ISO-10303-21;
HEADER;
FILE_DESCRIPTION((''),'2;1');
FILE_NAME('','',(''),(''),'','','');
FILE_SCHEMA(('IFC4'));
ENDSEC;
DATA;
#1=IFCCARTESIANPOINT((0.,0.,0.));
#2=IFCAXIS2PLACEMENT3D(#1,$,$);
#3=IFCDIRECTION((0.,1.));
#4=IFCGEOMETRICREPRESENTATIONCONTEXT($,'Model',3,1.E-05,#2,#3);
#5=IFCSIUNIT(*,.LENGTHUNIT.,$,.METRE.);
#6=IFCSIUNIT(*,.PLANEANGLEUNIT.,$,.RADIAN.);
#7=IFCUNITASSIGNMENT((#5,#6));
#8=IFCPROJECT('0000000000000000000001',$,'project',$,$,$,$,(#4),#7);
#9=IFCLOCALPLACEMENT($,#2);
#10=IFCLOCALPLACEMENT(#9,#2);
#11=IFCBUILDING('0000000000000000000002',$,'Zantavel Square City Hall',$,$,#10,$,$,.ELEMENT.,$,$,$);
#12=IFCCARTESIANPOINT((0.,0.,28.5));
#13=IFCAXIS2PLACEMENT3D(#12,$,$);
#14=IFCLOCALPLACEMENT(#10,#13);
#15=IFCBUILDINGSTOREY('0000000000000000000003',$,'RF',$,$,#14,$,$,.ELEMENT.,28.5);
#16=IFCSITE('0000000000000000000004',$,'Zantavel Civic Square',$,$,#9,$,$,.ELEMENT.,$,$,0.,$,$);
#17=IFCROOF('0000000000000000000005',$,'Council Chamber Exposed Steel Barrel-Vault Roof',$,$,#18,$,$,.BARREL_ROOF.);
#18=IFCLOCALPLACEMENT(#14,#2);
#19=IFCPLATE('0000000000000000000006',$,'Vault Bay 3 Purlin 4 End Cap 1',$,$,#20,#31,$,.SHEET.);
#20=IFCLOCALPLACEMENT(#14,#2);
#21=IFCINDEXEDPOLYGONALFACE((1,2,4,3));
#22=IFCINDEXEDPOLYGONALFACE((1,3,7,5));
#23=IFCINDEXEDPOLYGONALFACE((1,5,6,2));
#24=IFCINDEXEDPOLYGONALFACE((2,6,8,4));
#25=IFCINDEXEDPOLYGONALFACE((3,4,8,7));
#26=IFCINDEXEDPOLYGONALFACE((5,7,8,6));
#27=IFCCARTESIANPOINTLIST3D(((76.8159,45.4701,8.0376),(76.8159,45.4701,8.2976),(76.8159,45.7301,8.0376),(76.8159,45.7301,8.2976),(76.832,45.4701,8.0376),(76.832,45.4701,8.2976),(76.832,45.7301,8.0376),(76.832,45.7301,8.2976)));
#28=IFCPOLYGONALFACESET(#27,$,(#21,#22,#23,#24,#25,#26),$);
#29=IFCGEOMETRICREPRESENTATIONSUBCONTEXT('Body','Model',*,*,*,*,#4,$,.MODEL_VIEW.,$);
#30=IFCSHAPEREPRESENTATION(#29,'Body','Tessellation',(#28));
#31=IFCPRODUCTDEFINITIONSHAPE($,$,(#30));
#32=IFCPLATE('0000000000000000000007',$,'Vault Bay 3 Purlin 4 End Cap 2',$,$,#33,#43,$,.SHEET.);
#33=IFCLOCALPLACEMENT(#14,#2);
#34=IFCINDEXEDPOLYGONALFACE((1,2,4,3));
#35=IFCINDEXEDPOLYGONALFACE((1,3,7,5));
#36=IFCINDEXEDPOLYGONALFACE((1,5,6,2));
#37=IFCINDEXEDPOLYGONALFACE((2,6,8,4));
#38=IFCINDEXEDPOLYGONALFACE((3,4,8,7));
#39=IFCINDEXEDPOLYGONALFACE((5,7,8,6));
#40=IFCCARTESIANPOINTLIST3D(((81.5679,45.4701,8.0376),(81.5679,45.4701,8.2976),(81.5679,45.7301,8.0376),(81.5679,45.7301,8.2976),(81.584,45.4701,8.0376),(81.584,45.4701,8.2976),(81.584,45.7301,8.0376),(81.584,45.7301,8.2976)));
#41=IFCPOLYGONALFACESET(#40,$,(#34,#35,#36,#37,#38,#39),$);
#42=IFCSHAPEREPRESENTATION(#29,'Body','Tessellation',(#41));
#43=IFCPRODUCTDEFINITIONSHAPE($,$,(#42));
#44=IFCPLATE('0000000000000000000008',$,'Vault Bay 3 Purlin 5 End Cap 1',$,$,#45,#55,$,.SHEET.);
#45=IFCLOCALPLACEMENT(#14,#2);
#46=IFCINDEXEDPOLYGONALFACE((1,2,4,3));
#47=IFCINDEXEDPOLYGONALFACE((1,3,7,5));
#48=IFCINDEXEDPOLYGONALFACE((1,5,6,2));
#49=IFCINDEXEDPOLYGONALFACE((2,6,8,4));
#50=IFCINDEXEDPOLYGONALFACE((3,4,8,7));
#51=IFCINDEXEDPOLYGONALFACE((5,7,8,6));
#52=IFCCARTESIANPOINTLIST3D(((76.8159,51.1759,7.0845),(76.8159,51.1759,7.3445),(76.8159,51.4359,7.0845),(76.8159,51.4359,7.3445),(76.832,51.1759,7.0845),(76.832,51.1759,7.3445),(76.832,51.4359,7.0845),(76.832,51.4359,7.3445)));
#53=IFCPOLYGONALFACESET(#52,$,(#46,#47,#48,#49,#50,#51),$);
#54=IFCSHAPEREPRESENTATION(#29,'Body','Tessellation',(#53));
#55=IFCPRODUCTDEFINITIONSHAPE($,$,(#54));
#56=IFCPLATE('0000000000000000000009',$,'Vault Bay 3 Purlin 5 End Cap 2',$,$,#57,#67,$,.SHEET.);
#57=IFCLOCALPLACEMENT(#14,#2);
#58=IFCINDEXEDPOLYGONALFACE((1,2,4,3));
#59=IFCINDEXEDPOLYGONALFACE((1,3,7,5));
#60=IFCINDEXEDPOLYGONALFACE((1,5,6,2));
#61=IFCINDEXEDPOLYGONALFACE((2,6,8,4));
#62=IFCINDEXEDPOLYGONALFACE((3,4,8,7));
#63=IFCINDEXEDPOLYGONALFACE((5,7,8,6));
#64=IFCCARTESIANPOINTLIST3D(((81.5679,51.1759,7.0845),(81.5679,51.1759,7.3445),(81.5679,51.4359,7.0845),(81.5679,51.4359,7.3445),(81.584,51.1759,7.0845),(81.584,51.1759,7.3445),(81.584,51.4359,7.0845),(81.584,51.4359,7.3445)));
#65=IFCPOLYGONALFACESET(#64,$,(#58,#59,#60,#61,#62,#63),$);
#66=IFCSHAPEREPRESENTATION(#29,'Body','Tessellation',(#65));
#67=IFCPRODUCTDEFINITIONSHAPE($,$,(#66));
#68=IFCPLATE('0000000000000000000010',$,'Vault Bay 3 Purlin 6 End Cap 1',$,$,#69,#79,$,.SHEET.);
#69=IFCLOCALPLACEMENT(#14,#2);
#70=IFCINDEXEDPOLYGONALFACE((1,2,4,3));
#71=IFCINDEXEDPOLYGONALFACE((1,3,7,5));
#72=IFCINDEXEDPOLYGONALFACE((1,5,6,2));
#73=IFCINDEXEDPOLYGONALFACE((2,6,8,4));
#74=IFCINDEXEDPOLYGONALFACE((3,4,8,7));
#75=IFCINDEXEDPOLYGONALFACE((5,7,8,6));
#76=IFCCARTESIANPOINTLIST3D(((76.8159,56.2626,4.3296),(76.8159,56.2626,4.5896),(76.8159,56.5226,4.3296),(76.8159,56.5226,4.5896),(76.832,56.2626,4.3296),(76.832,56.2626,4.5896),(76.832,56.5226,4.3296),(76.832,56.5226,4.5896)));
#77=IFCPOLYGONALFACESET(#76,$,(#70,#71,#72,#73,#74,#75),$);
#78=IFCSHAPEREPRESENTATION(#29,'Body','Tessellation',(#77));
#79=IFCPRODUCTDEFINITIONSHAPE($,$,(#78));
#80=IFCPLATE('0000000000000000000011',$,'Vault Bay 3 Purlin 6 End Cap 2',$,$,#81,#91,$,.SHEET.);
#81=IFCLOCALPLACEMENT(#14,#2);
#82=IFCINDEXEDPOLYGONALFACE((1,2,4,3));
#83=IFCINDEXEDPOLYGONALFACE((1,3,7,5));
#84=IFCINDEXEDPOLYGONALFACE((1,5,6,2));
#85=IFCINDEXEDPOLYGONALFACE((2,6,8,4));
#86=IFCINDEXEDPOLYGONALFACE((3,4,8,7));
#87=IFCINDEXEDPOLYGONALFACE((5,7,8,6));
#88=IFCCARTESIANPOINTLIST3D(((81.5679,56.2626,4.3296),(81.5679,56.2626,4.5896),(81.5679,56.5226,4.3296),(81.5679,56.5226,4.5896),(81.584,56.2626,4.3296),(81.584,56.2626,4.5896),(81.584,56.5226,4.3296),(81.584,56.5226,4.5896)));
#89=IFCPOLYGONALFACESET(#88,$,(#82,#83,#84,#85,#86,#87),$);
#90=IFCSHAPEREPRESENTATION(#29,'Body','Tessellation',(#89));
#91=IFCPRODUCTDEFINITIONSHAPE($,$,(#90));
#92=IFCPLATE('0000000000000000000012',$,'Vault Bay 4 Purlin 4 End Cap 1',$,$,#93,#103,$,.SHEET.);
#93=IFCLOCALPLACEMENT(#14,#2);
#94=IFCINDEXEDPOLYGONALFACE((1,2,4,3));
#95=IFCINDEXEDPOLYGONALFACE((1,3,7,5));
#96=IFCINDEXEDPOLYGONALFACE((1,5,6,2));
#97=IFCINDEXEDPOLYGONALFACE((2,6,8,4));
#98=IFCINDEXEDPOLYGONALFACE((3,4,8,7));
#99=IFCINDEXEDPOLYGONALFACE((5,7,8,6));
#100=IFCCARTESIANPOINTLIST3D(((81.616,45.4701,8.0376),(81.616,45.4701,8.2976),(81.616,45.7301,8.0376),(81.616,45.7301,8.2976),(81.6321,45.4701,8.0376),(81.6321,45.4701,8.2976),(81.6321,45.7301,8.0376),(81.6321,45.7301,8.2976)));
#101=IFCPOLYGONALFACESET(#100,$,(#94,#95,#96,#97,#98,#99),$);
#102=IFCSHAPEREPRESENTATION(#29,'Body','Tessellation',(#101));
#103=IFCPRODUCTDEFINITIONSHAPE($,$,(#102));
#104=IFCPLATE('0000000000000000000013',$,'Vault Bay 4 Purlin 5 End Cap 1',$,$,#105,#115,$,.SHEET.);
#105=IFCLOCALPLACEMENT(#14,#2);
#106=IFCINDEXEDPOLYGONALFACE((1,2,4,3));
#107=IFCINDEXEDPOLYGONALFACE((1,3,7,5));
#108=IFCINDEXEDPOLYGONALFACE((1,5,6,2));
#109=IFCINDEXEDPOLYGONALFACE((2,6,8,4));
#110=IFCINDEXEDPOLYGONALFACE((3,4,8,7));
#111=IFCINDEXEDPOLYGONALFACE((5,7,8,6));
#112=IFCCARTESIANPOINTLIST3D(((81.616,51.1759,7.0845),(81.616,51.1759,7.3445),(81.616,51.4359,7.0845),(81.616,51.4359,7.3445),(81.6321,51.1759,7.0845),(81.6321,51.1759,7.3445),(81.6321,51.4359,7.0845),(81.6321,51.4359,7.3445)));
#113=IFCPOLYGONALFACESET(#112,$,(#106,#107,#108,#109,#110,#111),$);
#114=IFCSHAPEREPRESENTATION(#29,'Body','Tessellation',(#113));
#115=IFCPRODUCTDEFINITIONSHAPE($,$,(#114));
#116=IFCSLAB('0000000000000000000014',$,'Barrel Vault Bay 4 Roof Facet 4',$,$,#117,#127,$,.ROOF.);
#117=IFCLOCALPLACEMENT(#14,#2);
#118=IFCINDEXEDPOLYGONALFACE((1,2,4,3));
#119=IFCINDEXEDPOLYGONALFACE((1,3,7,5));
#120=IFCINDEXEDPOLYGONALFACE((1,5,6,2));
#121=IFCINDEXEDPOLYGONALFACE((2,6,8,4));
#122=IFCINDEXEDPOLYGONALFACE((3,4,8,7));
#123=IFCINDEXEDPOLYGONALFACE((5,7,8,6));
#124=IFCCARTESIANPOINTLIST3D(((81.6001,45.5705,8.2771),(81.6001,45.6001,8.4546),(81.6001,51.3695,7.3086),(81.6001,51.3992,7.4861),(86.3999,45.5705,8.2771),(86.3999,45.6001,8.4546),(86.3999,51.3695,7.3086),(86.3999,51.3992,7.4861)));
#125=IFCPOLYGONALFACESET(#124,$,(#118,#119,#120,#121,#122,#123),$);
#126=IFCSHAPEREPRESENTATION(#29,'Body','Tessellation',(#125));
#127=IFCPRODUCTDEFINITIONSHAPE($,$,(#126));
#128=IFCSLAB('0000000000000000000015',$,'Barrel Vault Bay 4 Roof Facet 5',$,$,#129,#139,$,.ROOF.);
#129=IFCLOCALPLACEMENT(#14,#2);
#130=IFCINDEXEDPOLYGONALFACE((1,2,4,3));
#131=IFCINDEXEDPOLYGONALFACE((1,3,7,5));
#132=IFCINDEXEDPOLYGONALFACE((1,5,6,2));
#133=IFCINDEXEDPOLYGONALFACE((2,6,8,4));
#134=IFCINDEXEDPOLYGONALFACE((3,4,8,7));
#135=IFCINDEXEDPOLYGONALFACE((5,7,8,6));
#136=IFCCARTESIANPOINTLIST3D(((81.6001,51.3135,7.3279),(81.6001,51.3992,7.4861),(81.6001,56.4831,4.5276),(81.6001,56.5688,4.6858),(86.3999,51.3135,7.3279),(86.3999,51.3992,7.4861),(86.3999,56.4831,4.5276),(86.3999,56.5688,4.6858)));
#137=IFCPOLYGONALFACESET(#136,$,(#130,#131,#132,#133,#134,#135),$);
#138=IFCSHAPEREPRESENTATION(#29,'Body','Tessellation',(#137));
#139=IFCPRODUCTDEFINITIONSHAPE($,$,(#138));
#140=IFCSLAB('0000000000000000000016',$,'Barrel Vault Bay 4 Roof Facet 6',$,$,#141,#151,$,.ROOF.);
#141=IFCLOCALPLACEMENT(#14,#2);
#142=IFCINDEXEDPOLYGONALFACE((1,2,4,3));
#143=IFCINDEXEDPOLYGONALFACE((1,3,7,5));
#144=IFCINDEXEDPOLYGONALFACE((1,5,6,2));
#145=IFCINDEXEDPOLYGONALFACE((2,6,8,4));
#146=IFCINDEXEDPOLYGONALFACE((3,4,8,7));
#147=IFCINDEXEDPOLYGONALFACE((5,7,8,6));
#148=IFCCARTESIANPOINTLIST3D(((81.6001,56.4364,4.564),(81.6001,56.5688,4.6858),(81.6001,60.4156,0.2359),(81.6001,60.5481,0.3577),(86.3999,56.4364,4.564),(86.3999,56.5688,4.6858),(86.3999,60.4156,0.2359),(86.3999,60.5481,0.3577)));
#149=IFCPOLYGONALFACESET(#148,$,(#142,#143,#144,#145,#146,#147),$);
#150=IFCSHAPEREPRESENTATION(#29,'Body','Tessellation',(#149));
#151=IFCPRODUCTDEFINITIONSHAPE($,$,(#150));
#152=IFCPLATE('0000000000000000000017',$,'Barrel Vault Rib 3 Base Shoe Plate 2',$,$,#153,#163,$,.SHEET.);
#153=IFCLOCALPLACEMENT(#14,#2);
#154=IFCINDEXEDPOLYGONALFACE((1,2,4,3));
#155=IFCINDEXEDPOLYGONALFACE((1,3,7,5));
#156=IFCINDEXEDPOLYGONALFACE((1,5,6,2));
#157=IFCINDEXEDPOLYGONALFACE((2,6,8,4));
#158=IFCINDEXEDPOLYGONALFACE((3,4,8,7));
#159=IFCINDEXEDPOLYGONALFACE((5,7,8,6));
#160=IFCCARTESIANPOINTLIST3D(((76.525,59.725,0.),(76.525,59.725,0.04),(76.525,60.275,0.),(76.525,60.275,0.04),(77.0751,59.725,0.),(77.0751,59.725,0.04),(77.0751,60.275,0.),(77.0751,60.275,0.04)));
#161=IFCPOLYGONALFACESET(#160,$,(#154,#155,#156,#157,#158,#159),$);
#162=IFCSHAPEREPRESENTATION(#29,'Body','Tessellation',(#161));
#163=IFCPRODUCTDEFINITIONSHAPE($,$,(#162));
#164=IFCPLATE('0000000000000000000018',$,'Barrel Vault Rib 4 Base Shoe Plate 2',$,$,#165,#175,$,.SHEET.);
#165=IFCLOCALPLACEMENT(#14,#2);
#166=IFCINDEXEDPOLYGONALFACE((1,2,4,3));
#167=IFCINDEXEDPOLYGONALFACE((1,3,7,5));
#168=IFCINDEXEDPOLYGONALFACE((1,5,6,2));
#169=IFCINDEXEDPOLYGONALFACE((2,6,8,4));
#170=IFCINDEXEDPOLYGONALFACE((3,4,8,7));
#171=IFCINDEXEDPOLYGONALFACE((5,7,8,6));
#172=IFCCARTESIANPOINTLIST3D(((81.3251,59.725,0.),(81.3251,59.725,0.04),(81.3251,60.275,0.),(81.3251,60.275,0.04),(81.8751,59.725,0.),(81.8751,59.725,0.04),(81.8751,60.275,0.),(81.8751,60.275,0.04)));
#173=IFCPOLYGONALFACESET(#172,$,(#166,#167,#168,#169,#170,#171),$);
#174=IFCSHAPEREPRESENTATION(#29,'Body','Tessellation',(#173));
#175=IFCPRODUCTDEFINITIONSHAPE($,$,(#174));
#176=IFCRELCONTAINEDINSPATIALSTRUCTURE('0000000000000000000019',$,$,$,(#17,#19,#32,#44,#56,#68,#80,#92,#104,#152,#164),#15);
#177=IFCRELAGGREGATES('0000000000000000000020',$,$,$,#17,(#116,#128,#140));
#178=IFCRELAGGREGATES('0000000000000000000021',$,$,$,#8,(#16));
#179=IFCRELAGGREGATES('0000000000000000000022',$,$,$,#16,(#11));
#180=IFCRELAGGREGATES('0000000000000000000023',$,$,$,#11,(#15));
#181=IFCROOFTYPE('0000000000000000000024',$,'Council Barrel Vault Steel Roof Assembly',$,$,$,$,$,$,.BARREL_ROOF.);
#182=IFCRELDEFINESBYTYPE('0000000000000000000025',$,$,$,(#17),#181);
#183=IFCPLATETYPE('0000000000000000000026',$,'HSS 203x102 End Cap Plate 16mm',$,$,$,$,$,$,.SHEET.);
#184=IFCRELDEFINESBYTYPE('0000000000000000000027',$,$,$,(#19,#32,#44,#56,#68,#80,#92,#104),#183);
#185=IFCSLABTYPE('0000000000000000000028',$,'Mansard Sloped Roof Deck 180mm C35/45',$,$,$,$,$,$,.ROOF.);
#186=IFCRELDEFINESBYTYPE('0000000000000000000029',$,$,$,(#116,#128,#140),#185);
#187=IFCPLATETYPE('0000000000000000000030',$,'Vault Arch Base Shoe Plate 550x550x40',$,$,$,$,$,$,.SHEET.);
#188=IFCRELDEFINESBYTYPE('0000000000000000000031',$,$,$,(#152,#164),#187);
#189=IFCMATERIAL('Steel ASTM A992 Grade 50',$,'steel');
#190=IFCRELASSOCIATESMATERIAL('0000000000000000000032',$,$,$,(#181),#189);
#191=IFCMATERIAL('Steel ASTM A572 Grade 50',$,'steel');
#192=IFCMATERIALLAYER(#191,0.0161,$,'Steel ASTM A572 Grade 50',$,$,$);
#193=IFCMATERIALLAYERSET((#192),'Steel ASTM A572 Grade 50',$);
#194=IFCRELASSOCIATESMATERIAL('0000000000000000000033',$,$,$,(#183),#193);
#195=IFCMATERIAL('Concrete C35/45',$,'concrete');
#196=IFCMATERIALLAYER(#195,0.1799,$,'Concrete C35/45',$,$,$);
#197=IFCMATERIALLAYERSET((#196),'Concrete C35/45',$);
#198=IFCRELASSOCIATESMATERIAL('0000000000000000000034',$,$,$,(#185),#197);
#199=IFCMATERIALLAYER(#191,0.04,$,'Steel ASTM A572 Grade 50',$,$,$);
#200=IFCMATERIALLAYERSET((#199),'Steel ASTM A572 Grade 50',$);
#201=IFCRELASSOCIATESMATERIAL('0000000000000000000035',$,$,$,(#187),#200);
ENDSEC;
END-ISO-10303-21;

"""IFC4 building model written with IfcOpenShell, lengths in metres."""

from ifc_helpers import new_model, si_unit, direction, frame, origin, origin_2d, place, context, subcontext, project, spatial, polyline, rectangle, outline, extrude, material, layer, layer_set, type_object, element, aggregate, save


model = new_model("IFC4")

# Units and contexts
model_context = context("Model", 3, precision=1e-05, world=origin(), true_north=direction((0.0, 1.0)))
body_context = subcontext(model_context, "Body", "Model", "MODEL_VIEW")
ifc_project = project(units=[si_unit("LENGTHUNIT", "METRE"), si_unit("PLANEANGLEUNIT", "RADIAN")], contexts=[model_context])

# Site, building, storey
site_placement = place(None, origin())
site = spatial("IfcSite", under=ifc_project, at=site_placement, Name="Zantavel Civic Square", CompositionType="ELEMENT", RefElevation=0.0)
building_placement = place(site_placement, origin())
building = spatial("IfcBuilding", under=site, at=building_placement, Name="Zantavel Square City Hall", CompositionType="ELEMENT")
storey_placement = place(building_placement, frame((0.0, 0.0, 28.5)))
storey = spatial("IfcBuildingStorey", under=building, at=storey_placement, Name="RF", CompositionType="ELEMENT", Elevation=28.5)

# Shared definitions
ifc_material_1 = material(Name="Steel ASTM A992 Grade 50", Category="steel")

# Roof
roof_type = type_object("IfcRoofType", Name="Council Barrel Vault Steel Roof Assembly", PredefinedType="BARREL_ROOF", material=ifc_material_1)
roof_placement = place(storey_placement, origin())
roof = element("IfcRoof", 1, at=roof_placement, inside=storey, type_object=roof_type, Name="Council Chamber Exposed Steel Barrel-Vault Roof", PredefinedType="BARREL_ROOF")

# Plates
ifc_material_2 = material(Name="Steel ASTM A572 Grade 50", Category="steel")
ifc_layer_1 = layer(ifc_material_2, 0.0161, Name="Steel ASTM A572 Grade 50")
ifc_layer_set_1 = layer_set([ifc_layer_1], Name="Steel ASTM A572 Grade 50")
plate_type_1 = type_object("IfcPlateType", Name="HSS 203x102 End Cap Plate 16mm", PredefinedType="SHEET", material=ifc_layer_set_1)
for number, where, z_axis, x_axis, name in (
    (2, (76.824, 45.6001, 8.0376), (0.0, 0.0, 1.0), (1.0, 0.0, 0.0), "Vault Bay 3 Purlin 4 End Cap 1"),
    (3, (81.5759, 45.6001, 8.0376), (0.0, 0.0, 1.0), (1.0, 0.0, 0.0), "Vault Bay 3 Purlin 4 End Cap 2"),
    (4, (76.824, 51.3059, 7.0845), (0.0, 0.0, 1.0), (1.0, 0.0, 0.0), "Vault Bay 3 Purlin 5 End Cap 1"),
    (5, (81.5759, 51.3059, 7.0845), (0.0, 0.0, 1.0), (1.0, 0.0, 0.0), "Vault Bay 3 Purlin 5 End Cap 2"),
    (6, (76.824, 56.3926, 4.3296), (0.0, 0.0, 1.0), (1.0, 0.0, 0.0), "Vault Bay 3 Purlin 6 End Cap 1"),
    (7, (81.5759, 56.3926, 4.3296), (0.0, 0.0, 1.0), (1.0, 0.0, 0.0), "Vault Bay 3 Purlin 6 End Cap 2"),
    (8, (81.624, 45.6001, 8.0376), (0.0, 0.0, 1.0), (1.0, 0.0, 0.0), "Vault Bay 4 Purlin 4 End Cap 1"),
    (9, (81.624, 51.3059, 7.0845), (0.0, 0.0, 1.0), (1.0, 0.0, 0.0), "Vault Bay 4 Purlin 5 End Cap 1"),
):
    element("IfcPlate", number, at=place(storey_placement, frame(where, z_axis=z_axis, x_axis=x_axis)), inside=storey, type_object=plate_type_1, Name=name, PredefinedType="SHEET", context=body_context, shape_type="SweptSolid", body=[
        extrude(rectangle(XDim=0.0161, YDim=0.26, at=origin_2d()), origin(), (0.0, 0.0, 1.0), 0.26),
    ])

# Slabs
ifc_material_3 = material(Name="Concrete C35/45", Category="concrete")
ifc_layer_2 = layer(ifc_material_3, 0.1799, Name="Concrete C35/45")
ifc_layer_set_2 = layer_set([ifc_layer_2], Name="Concrete C35/45")
slab_type_1 = type_object("IfcSlabType", Name="Mansard Sloped Roof Deck 180mm C35/45", PredefinedType="ROOF", material=ifc_layer_set_2)
slab_1_placement = place(storey_placement, frame((81.6001, 45.6001, 8.4546), z_axis=(0.0, 0.164729, 0.986339), x_axis=(1.0, 0.0, 0.0)))
slab_1 = element("IfcSlab", 10, at=slab_1_placement, type_object=slab_type_1, Name="Barrel Vault Bay 4 Roof Facet 4", PredefinedType="ROOF", context=body_context, shape_type="SweptSolid", body=[
    extrude(outline(polyline([(0.0, 0.0), (4.7998, 0.0), (4.7998, 5.8794), (0.0, 5.8794), (0.0, 0.0)])), origin(), (0.0, 0.0, -1.0), 0.1799),
])
slab_2_placement = place(storey_placement, frame((81.6001, 51.3992, 7.4861), z_axis=(0.0, 0.47629, 0.879288), x_axis=(1.0, 0.0, 0.0)))
slab_2 = element("IfcSlab", 11, at=slab_2_placement, type_object=slab_type_1, Name="Barrel Vault Bay 4 Roof Facet 5", PredefinedType="ROOF", context=body_context, shape_type="SweptSolid", body=[
    extrude(outline(polyline([(0.0, 0.0), (4.7998, 0.0), (4.7998, 5.8794), (0.0, 5.8794), (0.0, 0.0)])), origin(), (0.0, 0.0, -1.0), 0.1799),
])
slab_3_placement = place(storey_placement, frame((81.6001, 56.5688, 4.6858), z_axis=(0.0, 0.736154, 0.676815), x_axis=(1.0, 0.0, 0.0)))
slab_3 = element("IfcSlab", 12, at=slab_3_placement, type_object=slab_type_1, Name="Barrel Vault Bay 4 Roof Facet 6", PredefinedType="ROOF", context=body_context, shape_type="SweptSolid", body=[
    extrude(outline(polyline([(0.0, 0.0), (4.7998, 0.0), (4.7998, 5.8794), (0.0, 5.8794), (0.0, 0.0)])), origin(), (0.0, 0.0, -1.0), 0.1799),
])
aggregate(roof, [slab_1, slab_2, slab_3])

# Plates
ifc_layer_3 = layer(ifc_material_2, 0.04, Name="Steel ASTM A572 Grade 50")
ifc_layer_set_3 = layer_set([ifc_layer_3], Name="Steel ASTM A572 Grade 50")
plate_type_2 = type_object("IfcPlateType", Name="Vault Arch Base Shoe Plate 550x550x40", PredefinedType="SHEET", material=ifc_layer_set_3)
for number, where, z_axis, x_axis, name in (
    (13, (76.8, 60.0, 0.0), (0.0, 0.0, 1.0), (1.0, 0.0, 0.0), "Barrel Vault Rib 3 Base Shoe Plate 2"),
    (14, (81.6001, 60.0, 0.0), (0.0, 0.0, 1.0), (1.0, 0.0, 0.0), "Barrel Vault Rib 4 Base Shoe Plate 2"),
):
    element("IfcPlate", number, at=place(storey_placement, frame(where, z_axis=z_axis, x_axis=x_axis)), inside=storey, type_object=plate_type_2, Name=name, PredefinedType="SHEET", context=body_context, shape_type="SweptSolid", body=[
        extrude(rectangle(XDim=0.55, YDim=0.55, at=origin_2d()), origin(), (0.0, 0.0, 1.0), 0.04),
    ])

save(model, "model.ifc")
